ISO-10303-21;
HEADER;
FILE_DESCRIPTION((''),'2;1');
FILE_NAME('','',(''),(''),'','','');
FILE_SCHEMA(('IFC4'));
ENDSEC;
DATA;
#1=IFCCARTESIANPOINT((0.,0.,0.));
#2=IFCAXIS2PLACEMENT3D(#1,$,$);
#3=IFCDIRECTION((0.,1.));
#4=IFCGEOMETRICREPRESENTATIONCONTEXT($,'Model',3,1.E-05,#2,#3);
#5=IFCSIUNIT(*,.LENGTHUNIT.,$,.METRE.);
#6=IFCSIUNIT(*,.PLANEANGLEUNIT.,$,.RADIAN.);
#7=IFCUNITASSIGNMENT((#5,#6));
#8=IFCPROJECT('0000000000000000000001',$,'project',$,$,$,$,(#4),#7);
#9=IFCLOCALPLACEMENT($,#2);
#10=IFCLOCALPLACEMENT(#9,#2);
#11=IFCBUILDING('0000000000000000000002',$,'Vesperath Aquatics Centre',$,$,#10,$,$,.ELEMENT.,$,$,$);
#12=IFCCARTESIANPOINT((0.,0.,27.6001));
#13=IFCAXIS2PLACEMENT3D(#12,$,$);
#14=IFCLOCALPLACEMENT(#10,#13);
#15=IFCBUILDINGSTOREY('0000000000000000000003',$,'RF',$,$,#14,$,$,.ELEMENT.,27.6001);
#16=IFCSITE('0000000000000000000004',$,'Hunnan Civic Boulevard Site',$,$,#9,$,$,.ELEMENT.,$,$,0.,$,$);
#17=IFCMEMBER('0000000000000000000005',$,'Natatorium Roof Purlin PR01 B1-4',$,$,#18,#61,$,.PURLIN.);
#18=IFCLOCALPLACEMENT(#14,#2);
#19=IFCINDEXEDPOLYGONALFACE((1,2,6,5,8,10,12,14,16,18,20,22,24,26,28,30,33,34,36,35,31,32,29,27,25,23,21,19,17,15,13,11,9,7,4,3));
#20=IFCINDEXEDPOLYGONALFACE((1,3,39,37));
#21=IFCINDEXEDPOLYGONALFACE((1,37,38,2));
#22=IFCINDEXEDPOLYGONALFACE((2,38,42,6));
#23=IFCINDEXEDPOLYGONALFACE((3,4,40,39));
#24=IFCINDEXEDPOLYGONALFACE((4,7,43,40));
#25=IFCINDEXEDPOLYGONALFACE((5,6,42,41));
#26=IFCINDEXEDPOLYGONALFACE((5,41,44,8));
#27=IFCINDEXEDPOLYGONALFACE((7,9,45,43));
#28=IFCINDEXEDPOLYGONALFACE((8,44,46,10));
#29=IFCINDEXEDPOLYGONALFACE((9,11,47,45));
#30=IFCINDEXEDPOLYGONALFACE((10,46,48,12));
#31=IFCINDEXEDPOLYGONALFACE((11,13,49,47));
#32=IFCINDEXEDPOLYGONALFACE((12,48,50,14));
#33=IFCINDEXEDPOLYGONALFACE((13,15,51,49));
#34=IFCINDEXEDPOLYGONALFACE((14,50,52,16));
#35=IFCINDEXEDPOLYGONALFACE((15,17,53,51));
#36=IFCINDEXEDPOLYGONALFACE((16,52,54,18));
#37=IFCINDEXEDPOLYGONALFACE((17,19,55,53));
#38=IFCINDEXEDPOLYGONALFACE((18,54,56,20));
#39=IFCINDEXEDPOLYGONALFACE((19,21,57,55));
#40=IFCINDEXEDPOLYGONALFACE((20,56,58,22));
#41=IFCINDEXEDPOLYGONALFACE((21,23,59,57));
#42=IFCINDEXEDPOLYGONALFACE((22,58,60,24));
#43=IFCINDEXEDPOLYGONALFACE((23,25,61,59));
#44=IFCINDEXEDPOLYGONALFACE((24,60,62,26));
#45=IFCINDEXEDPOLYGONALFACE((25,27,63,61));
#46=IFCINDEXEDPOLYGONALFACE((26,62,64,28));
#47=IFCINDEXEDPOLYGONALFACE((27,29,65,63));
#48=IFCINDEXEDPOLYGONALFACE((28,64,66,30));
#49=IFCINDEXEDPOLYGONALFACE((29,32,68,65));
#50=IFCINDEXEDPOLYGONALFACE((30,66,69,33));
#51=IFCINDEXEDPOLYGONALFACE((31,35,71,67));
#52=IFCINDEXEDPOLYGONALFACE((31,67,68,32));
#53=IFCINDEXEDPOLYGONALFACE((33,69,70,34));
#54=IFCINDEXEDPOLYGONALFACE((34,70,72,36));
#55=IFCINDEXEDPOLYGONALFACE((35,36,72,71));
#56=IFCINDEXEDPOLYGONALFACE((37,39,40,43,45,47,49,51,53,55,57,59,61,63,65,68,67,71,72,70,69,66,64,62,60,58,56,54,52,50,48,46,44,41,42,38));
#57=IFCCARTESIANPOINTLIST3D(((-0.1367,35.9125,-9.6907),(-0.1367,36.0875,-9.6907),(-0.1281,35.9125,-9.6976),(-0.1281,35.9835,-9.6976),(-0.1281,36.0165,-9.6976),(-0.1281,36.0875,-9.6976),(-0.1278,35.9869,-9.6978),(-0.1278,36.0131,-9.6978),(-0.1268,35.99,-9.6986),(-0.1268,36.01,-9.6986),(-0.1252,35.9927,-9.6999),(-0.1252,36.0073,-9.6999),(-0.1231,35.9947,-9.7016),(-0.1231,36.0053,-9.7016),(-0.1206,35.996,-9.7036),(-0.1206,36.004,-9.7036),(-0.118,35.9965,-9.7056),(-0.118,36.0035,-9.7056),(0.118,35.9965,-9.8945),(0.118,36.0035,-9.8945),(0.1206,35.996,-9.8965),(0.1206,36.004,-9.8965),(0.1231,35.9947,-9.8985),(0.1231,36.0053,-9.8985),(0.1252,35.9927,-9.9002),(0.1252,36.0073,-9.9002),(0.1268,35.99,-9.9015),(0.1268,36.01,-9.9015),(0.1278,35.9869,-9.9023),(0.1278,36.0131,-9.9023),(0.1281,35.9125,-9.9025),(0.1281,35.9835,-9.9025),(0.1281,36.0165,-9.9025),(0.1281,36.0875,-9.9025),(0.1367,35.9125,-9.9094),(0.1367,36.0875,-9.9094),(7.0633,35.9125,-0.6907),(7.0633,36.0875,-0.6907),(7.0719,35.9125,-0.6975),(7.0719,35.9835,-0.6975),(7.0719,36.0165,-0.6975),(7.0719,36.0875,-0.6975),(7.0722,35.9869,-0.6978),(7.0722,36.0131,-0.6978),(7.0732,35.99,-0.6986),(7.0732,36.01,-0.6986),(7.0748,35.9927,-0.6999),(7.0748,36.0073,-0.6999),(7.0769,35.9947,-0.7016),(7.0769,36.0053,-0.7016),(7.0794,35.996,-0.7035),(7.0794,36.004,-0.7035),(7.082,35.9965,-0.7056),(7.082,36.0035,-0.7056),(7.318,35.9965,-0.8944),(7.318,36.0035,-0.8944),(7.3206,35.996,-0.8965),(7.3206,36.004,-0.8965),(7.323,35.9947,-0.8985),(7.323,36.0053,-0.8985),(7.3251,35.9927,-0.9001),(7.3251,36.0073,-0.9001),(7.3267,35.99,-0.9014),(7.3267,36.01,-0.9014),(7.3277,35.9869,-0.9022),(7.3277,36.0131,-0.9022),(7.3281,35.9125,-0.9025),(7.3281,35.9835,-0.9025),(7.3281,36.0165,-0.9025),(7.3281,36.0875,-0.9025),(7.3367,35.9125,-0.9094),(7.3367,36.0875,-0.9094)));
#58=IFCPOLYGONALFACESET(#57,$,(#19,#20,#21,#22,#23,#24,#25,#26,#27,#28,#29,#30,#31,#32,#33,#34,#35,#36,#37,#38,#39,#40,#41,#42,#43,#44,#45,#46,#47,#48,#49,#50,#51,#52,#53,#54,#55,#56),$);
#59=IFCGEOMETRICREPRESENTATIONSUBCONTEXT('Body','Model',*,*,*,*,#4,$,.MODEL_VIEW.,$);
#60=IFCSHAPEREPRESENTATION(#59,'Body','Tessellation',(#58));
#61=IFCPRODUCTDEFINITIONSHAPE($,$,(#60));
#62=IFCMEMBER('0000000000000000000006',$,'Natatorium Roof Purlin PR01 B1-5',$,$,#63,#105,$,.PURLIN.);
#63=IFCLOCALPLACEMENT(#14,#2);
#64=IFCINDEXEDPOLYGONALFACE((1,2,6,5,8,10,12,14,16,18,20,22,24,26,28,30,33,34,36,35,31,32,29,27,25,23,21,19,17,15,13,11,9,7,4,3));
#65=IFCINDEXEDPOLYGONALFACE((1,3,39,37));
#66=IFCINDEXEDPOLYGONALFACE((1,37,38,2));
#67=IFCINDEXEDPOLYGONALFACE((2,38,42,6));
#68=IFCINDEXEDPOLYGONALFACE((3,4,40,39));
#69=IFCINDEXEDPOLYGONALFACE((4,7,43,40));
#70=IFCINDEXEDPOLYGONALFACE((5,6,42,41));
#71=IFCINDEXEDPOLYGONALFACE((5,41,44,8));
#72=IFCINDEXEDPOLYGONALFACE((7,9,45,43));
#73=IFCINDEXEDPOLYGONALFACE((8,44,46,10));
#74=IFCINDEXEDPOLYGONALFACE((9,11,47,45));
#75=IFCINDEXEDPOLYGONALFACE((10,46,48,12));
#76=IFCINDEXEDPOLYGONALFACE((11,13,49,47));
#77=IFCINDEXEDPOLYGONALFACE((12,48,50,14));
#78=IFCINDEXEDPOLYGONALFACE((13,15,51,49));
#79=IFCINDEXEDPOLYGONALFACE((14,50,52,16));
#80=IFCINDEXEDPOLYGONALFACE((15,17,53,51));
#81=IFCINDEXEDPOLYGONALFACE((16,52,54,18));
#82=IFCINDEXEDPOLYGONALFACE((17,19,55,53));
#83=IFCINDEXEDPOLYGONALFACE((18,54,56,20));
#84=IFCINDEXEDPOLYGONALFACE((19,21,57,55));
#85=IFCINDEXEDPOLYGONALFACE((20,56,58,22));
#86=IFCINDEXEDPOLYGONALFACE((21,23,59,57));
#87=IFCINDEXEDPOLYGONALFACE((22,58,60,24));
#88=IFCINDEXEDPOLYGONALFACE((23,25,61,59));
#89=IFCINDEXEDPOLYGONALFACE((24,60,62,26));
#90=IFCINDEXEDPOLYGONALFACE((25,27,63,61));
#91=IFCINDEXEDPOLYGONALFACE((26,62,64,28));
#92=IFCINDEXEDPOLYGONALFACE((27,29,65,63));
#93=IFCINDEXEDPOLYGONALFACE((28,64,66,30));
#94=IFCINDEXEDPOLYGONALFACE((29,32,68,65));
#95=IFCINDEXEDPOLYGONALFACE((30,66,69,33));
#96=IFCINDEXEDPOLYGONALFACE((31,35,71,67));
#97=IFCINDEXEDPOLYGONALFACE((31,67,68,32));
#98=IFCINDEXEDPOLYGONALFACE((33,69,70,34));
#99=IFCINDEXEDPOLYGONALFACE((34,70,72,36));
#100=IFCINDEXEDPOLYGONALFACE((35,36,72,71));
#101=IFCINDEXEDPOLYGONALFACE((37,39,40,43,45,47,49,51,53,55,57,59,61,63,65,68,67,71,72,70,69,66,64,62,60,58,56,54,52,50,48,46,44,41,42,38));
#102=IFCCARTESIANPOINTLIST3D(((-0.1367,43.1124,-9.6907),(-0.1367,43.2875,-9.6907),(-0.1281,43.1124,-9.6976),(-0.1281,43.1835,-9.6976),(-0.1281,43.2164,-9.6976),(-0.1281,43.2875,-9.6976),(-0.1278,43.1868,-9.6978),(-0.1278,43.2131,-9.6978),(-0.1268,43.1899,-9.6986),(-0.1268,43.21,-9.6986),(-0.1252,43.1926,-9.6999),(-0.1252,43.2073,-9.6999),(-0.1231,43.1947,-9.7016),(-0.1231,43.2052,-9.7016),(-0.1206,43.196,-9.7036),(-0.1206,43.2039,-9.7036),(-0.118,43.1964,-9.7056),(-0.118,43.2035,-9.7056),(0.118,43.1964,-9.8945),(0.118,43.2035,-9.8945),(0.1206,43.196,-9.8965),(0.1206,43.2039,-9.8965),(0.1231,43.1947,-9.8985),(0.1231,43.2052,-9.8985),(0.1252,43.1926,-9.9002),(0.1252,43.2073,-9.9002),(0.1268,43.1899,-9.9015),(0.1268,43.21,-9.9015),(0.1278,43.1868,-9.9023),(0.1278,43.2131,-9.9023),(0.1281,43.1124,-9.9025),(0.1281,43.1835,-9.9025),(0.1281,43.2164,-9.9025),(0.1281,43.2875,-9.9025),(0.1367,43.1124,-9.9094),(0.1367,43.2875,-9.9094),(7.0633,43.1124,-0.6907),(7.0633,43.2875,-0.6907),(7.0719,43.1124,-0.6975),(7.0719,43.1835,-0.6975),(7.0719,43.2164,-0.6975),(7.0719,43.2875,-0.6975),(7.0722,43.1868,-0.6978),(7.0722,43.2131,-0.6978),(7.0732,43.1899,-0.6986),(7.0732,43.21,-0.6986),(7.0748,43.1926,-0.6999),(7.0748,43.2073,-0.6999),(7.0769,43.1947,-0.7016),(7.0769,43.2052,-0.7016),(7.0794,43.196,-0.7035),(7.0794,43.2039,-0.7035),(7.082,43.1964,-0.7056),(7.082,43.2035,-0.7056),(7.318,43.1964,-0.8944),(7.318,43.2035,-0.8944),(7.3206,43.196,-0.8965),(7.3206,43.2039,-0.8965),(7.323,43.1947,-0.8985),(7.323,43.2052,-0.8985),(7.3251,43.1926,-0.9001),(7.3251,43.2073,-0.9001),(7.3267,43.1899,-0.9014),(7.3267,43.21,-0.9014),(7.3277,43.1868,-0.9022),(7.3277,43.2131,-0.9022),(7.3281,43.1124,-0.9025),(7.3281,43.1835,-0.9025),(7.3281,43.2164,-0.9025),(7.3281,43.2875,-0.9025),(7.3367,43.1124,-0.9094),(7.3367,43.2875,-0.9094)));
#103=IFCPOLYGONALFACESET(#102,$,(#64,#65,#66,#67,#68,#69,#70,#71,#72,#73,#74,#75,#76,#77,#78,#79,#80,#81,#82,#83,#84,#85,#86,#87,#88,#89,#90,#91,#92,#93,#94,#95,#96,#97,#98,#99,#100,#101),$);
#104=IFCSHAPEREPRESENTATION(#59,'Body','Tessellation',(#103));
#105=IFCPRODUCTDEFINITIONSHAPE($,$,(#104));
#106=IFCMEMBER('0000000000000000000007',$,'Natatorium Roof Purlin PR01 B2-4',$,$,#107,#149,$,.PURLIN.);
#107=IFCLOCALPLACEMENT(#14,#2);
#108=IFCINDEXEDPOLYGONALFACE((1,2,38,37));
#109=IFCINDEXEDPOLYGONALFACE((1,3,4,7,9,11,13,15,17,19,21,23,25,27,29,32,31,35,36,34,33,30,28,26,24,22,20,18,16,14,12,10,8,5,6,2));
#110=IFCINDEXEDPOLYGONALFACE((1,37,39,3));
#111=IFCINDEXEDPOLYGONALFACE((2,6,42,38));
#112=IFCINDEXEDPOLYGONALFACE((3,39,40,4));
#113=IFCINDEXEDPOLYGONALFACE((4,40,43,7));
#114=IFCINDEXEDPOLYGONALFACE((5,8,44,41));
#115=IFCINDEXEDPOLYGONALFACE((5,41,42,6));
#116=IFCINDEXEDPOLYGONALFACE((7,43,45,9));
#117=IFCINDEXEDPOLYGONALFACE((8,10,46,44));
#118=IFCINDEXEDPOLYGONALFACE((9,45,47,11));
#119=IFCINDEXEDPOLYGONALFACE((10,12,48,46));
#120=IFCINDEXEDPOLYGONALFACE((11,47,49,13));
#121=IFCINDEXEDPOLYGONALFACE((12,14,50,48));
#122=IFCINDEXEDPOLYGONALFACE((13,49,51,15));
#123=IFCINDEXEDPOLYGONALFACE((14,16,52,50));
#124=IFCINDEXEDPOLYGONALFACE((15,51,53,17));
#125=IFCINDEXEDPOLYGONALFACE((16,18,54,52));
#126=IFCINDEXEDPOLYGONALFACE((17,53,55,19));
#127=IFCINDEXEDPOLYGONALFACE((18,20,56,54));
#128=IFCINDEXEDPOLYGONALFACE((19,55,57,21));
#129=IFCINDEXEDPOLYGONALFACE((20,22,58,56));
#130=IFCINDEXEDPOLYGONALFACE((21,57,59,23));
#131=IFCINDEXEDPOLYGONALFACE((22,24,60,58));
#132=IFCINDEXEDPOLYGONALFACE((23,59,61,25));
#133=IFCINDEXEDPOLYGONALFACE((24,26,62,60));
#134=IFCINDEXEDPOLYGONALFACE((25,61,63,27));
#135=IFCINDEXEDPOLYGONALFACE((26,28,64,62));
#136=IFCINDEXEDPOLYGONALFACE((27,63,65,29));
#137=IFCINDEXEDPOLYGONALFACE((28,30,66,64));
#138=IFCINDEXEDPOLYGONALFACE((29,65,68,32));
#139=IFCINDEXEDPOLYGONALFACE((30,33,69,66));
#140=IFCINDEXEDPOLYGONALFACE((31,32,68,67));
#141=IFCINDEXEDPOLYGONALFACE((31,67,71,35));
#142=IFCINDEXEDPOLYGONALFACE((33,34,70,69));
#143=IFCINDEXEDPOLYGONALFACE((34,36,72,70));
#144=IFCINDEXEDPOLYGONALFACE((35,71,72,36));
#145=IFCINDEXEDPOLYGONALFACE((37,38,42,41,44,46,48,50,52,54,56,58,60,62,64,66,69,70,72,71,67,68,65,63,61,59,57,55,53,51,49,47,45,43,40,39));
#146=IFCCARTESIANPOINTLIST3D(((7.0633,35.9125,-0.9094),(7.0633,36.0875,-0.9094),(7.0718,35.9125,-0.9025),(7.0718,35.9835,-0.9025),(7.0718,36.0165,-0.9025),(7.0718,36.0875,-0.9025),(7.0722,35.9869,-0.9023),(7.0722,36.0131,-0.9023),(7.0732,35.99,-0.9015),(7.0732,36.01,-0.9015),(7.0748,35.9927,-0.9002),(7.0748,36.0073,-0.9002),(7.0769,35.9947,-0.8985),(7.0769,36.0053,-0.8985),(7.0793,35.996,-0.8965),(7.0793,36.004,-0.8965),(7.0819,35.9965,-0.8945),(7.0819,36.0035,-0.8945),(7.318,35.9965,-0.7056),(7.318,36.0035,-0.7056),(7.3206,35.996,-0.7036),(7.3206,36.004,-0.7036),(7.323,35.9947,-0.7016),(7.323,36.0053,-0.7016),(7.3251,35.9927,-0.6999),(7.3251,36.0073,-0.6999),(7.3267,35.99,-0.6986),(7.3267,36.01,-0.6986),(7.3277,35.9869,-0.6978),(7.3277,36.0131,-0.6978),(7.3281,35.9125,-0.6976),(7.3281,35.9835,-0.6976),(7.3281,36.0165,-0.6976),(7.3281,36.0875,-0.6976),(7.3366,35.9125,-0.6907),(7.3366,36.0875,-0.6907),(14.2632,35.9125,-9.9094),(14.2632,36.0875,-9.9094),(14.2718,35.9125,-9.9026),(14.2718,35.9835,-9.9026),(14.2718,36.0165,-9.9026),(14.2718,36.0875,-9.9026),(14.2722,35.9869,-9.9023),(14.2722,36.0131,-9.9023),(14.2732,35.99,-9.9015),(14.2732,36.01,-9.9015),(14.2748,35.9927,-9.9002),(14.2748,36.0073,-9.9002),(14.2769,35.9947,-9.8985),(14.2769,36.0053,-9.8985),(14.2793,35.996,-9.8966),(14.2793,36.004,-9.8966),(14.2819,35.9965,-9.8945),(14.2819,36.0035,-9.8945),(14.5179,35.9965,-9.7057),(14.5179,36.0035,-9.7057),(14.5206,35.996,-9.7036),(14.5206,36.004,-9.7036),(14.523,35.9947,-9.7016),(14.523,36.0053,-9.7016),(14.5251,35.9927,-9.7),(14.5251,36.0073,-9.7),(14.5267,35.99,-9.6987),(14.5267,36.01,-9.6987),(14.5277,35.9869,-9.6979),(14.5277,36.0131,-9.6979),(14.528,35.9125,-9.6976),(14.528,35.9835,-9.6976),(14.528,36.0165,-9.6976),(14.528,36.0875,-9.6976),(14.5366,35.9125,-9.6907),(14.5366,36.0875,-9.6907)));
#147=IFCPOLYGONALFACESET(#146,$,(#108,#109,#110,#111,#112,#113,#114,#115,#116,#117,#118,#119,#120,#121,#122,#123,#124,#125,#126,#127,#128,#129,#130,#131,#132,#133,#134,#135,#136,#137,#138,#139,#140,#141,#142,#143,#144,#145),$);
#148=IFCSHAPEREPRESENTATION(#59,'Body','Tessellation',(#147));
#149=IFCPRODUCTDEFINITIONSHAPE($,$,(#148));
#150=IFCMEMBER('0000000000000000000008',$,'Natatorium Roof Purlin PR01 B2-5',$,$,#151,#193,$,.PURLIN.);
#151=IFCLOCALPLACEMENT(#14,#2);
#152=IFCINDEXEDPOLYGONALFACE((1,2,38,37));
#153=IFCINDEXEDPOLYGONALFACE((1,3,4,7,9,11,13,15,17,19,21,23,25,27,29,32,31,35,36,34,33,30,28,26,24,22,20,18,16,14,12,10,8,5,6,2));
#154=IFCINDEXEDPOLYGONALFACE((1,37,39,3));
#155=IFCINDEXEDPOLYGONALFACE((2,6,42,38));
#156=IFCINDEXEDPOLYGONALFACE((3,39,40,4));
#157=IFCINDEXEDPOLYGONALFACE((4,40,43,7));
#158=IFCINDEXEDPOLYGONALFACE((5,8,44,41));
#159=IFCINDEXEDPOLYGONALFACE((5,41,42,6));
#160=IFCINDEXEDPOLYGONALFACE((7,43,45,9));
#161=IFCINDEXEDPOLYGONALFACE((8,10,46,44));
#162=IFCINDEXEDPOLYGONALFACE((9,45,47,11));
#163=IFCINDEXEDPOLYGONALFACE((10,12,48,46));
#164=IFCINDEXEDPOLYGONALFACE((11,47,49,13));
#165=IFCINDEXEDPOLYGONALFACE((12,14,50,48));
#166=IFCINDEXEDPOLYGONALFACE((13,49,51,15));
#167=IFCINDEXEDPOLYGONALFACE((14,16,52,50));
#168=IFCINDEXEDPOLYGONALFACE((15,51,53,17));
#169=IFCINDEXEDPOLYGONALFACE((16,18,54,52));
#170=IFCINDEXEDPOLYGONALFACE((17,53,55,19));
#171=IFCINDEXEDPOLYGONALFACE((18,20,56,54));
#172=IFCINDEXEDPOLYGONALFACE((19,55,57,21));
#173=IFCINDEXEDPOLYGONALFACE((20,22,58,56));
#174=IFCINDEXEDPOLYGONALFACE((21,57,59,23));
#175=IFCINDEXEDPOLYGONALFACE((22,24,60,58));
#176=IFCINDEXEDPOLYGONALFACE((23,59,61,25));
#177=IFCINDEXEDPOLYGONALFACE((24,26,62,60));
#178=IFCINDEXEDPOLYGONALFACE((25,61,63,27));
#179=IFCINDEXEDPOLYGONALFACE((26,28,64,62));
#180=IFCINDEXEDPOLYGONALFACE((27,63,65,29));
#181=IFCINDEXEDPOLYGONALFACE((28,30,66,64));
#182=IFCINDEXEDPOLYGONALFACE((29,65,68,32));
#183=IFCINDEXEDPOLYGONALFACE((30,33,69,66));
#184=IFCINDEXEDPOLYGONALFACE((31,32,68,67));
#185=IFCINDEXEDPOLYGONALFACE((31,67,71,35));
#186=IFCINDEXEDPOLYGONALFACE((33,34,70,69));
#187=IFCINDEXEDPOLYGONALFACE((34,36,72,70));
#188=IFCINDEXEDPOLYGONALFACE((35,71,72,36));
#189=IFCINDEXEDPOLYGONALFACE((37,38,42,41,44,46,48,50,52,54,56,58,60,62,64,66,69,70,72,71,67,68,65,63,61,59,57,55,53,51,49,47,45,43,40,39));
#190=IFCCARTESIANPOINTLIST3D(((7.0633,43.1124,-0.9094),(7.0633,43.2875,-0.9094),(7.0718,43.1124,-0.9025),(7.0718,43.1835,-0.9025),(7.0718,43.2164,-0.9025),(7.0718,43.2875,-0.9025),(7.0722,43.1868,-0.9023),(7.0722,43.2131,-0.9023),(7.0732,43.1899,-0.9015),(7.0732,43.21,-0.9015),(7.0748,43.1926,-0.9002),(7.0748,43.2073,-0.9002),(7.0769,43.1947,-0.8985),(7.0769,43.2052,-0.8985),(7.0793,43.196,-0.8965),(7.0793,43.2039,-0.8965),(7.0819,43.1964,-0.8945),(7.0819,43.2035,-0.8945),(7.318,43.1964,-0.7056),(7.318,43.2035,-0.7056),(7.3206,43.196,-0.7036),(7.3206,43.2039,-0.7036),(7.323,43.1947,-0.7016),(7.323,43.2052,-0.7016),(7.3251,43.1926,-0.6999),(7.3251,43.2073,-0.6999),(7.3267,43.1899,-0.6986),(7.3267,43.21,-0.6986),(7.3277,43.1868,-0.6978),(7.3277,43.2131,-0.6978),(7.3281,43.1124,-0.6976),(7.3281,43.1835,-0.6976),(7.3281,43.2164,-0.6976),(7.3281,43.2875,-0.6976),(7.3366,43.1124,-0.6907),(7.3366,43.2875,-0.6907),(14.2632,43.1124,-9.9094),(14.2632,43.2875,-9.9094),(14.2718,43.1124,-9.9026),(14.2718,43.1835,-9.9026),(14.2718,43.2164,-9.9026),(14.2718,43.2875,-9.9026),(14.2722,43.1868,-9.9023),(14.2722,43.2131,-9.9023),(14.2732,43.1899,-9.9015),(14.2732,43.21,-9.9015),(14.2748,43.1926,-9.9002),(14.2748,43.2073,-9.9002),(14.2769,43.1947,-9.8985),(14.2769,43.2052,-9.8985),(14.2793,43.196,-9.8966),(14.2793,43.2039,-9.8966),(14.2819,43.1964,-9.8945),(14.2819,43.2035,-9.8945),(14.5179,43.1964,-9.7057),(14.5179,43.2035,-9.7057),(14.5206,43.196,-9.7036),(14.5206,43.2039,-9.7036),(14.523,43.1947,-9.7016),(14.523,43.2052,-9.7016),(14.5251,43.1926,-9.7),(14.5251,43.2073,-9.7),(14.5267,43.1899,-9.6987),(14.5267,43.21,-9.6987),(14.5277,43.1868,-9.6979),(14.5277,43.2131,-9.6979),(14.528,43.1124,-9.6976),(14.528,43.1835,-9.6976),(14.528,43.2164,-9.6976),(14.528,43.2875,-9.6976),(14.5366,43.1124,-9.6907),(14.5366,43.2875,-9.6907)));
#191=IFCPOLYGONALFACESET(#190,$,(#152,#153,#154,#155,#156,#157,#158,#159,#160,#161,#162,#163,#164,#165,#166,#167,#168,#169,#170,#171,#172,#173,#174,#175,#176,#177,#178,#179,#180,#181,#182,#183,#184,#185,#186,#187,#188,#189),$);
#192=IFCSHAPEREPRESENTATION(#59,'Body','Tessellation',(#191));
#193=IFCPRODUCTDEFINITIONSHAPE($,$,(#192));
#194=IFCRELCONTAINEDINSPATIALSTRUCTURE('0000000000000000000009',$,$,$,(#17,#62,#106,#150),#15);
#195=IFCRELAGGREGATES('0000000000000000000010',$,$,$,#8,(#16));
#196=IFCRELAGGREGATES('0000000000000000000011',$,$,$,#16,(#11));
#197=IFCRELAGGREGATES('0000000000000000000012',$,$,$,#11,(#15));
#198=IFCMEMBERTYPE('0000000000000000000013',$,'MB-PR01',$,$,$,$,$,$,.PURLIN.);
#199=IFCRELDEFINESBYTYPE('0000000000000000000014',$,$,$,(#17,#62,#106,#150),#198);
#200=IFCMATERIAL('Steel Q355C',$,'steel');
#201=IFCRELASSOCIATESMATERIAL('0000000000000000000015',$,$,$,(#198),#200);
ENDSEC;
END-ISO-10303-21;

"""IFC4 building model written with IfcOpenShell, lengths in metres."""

from ifc_helpers import new_model, si_unit, direction, frame, origin, origin_2d, place, context, subcontext, project, spatial, i_section, extrude, material, material_profile, profile_set, type_object, element, save


model = new_model("IFC4")

# Units and contexts
model_context = context("Model", 3, precision=1e-05, world=origin(), true_north=direction((0.0, 1.0)))
body_context = subcontext(model_context, "Body", "Model", "MODEL_VIEW")
ifc_project = project(units=[si_unit("LENGTHUNIT", "METRE"), si_unit("PLANEANGLEUNIT", "RADIAN")], contexts=[model_context])

# Site, building, storey
site_placement = place(None, origin())
site = spatial("IfcSite", under=ifc_project, at=site_placement, Name="Hunnan Civic Boulevard Site", CompositionType="ELEMENT", RefElevation=0.0)
building_placement = place(site_placement, origin())
building = spatial("IfcBuilding", under=site, at=building_placement, Name="Vesperath Aquatics Centre", CompositionType="ELEMENT")
storey_placement = place(building_placement, frame((0.0, 0.0, 27.6001)))
storey = spatial("IfcBuildingStorey", under=building, at=storey_placement, Name="RF", CompositionType="ELEMENT", Elevation=27.6001)

# Shared definitions
ifc_material_1 = material(Name="Steel Q355C", Category="steel")

# Members
ifc_material_profile_1 = material_profile(ifc_material_1, i_section(OverallWidth=0.175, OverallDepth=0.3501, WebThickness=0.0071, FlangeThickness=0.011, FilletRadius=0.0129, at=origin_2d()), Name="HN 350x175x7x11")
ifc_profile_set_1 = profile_set([ifc_material_profile_1], Name="Steel Q355C")
member_type_1 = type_object("IfcMemberType", Name="MB-PR01", PredefinedType="PURLIN", material=ifc_profile_set_1)
for number, where, z_axis, x_axis, name in (
    (1, (0.0, 36.0, -9.8), (0.624692, 0.0, 0.780871), (0.0, 1.0, 0.0), "Natatorium Roof Purlin PR01 B1-4"),
    (2, (0.0, 43.2, -9.8), (0.624692, 0.0, 0.780871), (0.0, 1.0, 0.0), "Natatorium Roof Purlin PR01 B1-5"),
    (3, (7.2, 36.0, -0.8), (0.624692, 0.0, -0.780871), (0.0, 1.0, 0.0), "Natatorium Roof Purlin PR01 B2-4"),
    (4, (7.2, 43.2, -0.8), (0.624692, 0.0, -0.780871), (0.0, 1.0, 0.0), "Natatorium Roof Purlin PR01 B2-5"),
):
    element("IfcMember", number, at=place(storey_placement, frame(where, z_axis=z_axis, x_axis=x_axis)), inside=storey, type_object=member_type_1, Name=name, PredefinedType="PURLIN", context=body_context, shape_type="SweptSolid", body=[
        extrude(i_section(OverallWidth=0.175, OverallDepth=0.3501, WebThickness=0.0071, FlangeThickness=0.011, FilletRadius=0.0129, at=origin_2d()), origin(), (0.0, 0.0, 1.0), 11.5256),
    ])

save(model, "model.ifc")
